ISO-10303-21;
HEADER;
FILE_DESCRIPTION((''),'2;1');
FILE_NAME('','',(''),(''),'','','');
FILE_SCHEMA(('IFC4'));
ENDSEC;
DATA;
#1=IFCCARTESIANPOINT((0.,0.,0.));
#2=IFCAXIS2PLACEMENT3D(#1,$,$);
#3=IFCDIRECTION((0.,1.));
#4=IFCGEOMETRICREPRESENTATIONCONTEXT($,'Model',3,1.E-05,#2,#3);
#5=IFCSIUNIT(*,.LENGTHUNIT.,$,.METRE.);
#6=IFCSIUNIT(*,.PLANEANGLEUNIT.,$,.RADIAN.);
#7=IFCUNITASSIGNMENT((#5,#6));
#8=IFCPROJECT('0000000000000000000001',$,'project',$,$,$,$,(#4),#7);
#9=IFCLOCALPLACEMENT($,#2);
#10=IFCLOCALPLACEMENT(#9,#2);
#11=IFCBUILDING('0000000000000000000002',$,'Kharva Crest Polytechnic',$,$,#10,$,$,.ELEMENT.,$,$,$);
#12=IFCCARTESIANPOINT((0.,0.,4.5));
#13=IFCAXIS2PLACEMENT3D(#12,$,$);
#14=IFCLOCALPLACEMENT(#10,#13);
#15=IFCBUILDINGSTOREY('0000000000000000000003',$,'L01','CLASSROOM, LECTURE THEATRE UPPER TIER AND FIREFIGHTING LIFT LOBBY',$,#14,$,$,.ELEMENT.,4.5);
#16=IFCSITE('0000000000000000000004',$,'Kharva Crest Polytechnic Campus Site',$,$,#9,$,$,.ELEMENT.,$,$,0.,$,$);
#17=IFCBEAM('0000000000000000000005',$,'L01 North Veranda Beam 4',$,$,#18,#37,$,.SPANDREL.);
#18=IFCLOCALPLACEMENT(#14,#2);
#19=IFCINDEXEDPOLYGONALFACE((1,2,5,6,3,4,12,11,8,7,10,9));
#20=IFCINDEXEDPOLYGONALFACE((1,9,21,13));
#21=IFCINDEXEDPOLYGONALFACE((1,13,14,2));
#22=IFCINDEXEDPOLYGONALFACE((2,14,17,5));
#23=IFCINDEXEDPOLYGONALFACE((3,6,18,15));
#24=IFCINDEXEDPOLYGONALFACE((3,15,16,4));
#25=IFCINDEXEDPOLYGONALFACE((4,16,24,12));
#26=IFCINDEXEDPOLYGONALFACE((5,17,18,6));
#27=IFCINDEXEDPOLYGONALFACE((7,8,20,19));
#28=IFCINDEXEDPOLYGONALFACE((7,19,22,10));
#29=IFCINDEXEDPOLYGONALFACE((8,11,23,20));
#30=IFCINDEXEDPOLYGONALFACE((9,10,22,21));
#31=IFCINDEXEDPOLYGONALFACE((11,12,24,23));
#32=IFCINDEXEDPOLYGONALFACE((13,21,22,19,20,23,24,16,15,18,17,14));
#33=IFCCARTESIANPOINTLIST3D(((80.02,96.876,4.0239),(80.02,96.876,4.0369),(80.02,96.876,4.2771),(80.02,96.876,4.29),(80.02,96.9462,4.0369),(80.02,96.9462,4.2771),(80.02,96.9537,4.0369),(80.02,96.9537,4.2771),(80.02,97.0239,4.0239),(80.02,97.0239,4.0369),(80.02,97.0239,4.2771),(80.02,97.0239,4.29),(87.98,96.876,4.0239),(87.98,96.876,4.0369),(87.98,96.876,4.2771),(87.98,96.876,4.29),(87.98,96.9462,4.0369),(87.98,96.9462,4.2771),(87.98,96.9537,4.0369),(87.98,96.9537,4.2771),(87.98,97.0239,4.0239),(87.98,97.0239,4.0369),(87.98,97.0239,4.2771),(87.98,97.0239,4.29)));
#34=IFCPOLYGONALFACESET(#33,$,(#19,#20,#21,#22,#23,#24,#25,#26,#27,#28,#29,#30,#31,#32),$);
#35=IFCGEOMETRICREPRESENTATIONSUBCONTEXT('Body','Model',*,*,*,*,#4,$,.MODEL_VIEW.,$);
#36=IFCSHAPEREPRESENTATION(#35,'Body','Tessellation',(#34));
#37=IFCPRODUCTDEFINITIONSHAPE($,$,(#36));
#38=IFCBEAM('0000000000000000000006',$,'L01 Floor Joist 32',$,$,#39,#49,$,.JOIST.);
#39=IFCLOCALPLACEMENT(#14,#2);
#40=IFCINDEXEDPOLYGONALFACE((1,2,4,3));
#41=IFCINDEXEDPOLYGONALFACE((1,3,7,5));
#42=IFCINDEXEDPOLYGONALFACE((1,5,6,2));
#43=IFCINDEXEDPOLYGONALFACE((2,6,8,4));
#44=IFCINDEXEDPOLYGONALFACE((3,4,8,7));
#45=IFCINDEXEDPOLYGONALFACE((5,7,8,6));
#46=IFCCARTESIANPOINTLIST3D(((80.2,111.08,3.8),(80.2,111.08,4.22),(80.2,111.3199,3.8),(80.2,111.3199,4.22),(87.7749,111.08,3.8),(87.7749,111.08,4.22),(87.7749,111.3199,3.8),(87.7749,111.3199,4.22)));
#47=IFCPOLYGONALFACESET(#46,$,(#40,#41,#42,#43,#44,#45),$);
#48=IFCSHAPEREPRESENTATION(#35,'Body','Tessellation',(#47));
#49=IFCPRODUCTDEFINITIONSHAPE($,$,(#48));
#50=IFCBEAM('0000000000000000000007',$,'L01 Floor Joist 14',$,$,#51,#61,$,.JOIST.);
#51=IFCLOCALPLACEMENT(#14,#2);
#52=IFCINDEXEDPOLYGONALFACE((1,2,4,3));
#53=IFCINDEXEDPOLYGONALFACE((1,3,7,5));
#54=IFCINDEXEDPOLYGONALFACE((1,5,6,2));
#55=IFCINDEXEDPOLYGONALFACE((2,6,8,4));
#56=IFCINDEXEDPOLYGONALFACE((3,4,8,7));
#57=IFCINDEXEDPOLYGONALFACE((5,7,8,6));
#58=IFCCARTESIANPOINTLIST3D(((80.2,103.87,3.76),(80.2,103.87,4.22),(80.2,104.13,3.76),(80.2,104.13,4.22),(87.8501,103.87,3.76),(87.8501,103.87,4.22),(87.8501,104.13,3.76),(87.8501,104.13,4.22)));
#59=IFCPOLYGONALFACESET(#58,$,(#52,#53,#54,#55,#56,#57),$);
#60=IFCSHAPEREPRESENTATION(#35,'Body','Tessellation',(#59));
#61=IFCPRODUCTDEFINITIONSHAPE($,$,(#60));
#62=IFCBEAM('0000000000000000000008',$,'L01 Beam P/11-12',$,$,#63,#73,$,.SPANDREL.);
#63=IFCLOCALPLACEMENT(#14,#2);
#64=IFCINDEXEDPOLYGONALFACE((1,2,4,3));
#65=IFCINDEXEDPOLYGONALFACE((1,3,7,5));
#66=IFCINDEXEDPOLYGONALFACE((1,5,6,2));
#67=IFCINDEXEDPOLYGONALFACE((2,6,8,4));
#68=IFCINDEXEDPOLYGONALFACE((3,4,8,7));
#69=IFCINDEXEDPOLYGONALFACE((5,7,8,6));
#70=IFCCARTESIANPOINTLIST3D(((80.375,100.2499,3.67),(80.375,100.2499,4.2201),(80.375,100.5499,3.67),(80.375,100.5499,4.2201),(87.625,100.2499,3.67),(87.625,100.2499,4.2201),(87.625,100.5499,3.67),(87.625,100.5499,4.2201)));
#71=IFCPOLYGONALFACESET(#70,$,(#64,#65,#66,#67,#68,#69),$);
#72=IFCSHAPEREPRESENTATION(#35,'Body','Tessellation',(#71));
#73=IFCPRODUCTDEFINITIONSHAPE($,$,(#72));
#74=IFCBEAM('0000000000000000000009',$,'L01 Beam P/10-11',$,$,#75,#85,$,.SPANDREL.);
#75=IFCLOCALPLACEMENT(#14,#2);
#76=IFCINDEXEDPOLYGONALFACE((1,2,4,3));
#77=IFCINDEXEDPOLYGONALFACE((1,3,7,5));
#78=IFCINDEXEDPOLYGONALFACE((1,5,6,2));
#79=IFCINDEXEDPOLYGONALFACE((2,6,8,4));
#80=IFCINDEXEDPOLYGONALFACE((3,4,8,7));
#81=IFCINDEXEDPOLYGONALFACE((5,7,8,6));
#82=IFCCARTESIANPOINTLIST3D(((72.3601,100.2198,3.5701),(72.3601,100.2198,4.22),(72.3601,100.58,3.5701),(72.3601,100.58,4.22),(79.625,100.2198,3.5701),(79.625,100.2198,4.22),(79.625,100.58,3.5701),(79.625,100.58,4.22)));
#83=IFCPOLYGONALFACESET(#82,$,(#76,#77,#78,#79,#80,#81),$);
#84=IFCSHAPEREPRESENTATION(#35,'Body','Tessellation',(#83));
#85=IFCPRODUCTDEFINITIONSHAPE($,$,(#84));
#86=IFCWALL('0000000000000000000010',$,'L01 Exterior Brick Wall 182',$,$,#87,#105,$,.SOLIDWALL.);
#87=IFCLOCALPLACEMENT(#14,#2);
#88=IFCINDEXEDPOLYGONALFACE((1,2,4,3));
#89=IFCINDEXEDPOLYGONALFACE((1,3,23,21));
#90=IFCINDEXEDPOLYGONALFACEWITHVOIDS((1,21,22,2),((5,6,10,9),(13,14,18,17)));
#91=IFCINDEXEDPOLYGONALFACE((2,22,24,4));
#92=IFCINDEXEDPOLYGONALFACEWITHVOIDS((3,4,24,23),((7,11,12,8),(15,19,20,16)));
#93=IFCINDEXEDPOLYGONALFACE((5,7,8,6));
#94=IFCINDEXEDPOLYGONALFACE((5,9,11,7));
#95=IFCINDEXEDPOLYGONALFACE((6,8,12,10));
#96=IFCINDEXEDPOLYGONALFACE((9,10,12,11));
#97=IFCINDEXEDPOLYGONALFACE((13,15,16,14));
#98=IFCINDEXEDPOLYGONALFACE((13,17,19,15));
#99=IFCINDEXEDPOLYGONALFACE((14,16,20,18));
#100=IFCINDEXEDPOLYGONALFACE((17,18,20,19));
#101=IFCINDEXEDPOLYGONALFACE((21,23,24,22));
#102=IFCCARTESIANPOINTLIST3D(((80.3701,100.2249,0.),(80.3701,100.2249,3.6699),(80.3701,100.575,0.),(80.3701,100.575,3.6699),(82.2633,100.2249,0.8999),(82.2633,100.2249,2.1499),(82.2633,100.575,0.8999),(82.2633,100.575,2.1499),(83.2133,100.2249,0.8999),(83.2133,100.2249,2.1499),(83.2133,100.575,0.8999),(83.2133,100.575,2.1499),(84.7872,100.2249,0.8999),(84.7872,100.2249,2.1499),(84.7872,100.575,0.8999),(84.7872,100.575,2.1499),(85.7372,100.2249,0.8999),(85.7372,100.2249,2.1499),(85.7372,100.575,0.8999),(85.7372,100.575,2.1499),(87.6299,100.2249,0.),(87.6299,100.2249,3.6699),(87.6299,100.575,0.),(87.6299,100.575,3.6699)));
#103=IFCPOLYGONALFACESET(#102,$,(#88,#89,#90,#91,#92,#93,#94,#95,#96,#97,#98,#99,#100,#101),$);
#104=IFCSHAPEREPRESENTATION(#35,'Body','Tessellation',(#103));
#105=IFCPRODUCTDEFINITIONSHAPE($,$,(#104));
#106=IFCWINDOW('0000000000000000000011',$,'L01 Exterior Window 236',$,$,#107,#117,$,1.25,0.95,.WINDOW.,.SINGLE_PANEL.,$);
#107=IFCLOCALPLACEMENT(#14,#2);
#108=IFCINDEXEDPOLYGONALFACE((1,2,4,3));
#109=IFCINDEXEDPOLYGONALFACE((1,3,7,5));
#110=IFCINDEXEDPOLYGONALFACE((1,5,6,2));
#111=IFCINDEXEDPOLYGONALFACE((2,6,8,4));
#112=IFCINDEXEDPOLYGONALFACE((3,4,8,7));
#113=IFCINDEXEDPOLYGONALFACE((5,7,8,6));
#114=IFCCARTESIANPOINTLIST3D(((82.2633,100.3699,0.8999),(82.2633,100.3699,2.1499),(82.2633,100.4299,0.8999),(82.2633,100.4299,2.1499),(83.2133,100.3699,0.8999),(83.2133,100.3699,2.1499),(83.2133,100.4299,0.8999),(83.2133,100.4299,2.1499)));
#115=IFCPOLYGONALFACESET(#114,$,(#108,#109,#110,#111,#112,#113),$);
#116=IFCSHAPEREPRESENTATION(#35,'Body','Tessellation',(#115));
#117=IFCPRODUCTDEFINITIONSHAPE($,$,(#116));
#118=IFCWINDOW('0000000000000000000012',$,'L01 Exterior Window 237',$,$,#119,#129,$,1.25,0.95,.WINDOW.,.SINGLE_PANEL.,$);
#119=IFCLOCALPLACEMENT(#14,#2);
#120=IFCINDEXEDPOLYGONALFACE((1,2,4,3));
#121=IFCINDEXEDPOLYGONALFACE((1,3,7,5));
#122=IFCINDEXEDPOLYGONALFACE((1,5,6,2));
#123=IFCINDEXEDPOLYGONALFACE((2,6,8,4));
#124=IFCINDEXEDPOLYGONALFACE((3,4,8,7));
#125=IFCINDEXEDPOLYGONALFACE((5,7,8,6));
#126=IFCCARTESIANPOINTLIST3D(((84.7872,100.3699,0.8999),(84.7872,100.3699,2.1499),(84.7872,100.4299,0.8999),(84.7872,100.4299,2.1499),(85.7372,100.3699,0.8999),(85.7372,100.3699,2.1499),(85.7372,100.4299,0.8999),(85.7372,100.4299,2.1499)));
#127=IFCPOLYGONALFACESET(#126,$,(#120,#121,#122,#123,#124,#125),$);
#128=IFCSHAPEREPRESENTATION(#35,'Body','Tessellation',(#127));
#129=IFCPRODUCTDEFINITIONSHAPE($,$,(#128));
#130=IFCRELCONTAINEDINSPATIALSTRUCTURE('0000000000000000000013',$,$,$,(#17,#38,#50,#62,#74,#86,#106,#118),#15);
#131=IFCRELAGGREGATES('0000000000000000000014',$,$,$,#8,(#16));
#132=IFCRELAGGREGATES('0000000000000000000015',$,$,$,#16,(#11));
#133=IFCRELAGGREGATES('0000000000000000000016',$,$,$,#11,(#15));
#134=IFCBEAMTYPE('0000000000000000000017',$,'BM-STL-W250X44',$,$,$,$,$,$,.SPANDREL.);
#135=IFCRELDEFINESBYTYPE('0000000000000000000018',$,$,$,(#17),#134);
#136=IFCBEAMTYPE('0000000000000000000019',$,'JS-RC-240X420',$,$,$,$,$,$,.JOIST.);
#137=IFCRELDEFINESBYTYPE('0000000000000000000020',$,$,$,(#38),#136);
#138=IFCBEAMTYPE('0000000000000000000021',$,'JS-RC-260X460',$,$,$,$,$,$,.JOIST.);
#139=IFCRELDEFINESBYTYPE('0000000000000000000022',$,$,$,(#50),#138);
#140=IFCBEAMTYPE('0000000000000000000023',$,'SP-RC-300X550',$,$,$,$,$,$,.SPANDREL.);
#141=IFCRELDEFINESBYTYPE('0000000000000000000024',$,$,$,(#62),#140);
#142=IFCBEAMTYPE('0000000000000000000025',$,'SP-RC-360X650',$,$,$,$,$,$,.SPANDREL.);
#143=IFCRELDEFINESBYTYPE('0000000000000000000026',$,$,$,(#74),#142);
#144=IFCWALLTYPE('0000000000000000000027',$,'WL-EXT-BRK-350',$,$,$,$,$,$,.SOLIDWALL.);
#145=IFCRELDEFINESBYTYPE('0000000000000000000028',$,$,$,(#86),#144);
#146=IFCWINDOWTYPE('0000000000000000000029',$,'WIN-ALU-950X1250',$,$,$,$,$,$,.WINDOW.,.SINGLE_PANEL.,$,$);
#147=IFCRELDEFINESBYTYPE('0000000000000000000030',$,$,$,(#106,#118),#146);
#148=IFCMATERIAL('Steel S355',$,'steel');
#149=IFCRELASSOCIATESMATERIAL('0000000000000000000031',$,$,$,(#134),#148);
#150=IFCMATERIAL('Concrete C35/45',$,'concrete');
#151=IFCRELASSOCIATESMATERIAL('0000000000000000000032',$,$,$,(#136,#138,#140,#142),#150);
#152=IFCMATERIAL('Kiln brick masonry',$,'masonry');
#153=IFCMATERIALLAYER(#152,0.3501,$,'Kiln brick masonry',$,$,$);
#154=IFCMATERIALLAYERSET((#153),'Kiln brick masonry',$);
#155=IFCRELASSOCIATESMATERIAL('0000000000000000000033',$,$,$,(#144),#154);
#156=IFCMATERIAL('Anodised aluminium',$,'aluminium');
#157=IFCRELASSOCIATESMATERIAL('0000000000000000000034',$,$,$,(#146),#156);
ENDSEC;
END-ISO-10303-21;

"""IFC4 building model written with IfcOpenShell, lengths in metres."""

from ifc_helpers import new_model, si_unit, direction, frame, frame_2d, origin, origin_2d, place, context, subcontext, project, spatial, rectangle, i_section, extrude, material, layer, layer_set, material_profile, profile_set, type_object, element, fill, save


model = new_model("IFC4")

# Units and contexts
model_context = context("Model", 3, precision=1e-05, world=origin(), true_north=direction((0.0, 1.0)))
body_context = subcontext(model_context, "Body", "Model", "MODEL_VIEW")
ifc_project = project(units=[si_unit("LENGTHUNIT", "METRE"), si_unit("PLANEANGLEUNIT", "RADIAN")], contexts=[model_context])

# Site, building, storey
site_placement = place(None, origin())
site = spatial("IfcSite", under=ifc_project, at=site_placement, Name="Kharva Crest Polytechnic Campus Site", CompositionType="ELEMENT", RefElevation=0.0)
building_placement = place(site_placement, origin())
building = spatial("IfcBuilding", under=site, at=building_placement, Name="Kharva Crest Polytechnic", CompositionType="ELEMENT")
storey_placement = place(building_placement, frame((0.0, 0.0, 4.5)))
storey = spatial("IfcBuildingStorey", under=building, at=storey_placement, Name="L01", Description="CLASSROOM, LECTURE THEATRE UPPER TIER AND FIREFIGHTING LIFT LOBBY", CompositionType="ELEMENT", Elevation=4.5)

# Shared definitions
ifc_material_1 = material(Name="Steel S355", Category="steel")

# Beams
ifc_material_2 = material(Name="Concrete C35/45", Category="concrete")
ifc_material_profile_1 = material_profile(ifc_material_1, i_section(OverallWidth=0.1479, OverallDepth=0.2661, WebThickness=0.0076, FlangeThickness=0.0129, at=origin_2d()), Name="W250X44.8")
ifc_profile_set_1 = profile_set([ifc_material_profile_1], Name="Steel S355")
beam_type_1 = type_object("IfcBeamType", Name="BM-STL-W250X44", PredefinedType="SPANDREL", material=ifc_profile_set_1)
beam_1_placement = place(storey_placement, frame((80.02, 96.95, 4.157), z_axis=(1.0, 0.0, 0.0), x_axis=(0.0, 1.0, 0.0)))
element("IfcBeam", 1, at=beam_1_placement, inside=storey, type_object=beam_type_1, Name="L01 North Veranda Beam 4", PredefinedType="SPANDREL", context=body_context, shape_type="SweptSolid", body=[
    extrude(i_section(OverallWidth=0.1479, OverallDepth=0.2661, WebThickness=0.0076, FlangeThickness=0.0129, at=origin_2d()), origin(), (0.0, 0.0, 1.0), 7.96),
])
ifc_material_profile_2 = material_profile(ifc_material_2, rectangle(XDim=0.24, YDim=0.4199, at=origin_2d()), Name="RECT 240 X 420")
ifc_profile_set_2 = profile_set([ifc_material_profile_2], Name="Concrete C35/45")
beam_type_2 = type_object("IfcBeamType", Name="JS-RC-240X420", PredefinedType="JOIST", material=ifc_profile_set_2)
beam_2_placement = place(storey_placement, frame((80.2, 111.2, 4.01), z_axis=(1.0, 0.0, 0.0), x_axis=(0.0, 1.0, 0.0)))
element("IfcBeam", 2, at=beam_2_placement, inside=storey, type_object=beam_type_2, Name="L01 Floor Joist 32", PredefinedType="JOIST", context=body_context, shape_type="SweptSolid", body=[
    extrude(rectangle(XDim=0.24, YDim=0.4199, at=origin_2d()), origin(), (0.0, 0.0, 1.0), 7.575),
])
ifc_material_profile_3 = material_profile(ifc_material_2, rectangle(XDim=0.26, YDim=0.46, at=origin_2d()), Name="RECT 260 X 460")
ifc_profile_set_3 = profile_set([ifc_material_profile_3], Name="Concrete C35/45")
beam_type_3 = type_object("IfcBeamType", Name="JS-RC-260X460", PredefinedType="JOIST", material=ifc_profile_set_3)
beam_3_placement = place(storey_placement, frame((80.2, 104.0, 3.99), z_axis=(1.0, 0.0, 0.0), x_axis=(0.0, 1.0, 0.0)))
element("IfcBeam", 3, at=beam_3_placement, inside=storey, type_object=beam_type_3, Name="L01 Floor Joist 14", PredefinedType="JOIST", context=body_context, shape_type="SweptSolid", body=[
    extrude(rectangle(XDim=0.26, YDim=0.46, at=origin_2d()), origin(), (0.0, 0.0, 1.0), 7.6501),
])
ifc_material_profile_4 = material_profile(ifc_material_2, rectangle(XDim=0.3, YDim=0.55, at=origin_2d()), Name="RECT 300 X 550")
ifc_profile_set_4 = profile_set([ifc_material_profile_4], Name="Concrete C35/45")
beam_type_4 = type_object("IfcBeamType", Name="SP-RC-300X550", PredefinedType="SPANDREL", material=ifc_profile_set_4)
beam_4_placement = place(storey_placement, frame((80.375, 100.3999, 3.9451), z_axis=(1.0, 0.0, 0.0), x_axis=(0.0, 1.0, 0.0)))
element("IfcBeam", 4, at=beam_4_placement, inside=storey, type_object=beam_type_4, Name="L01 Beam P/11-12", PredefinedType="SPANDREL", context=body_context, shape_type="SweptSolid", body=[
    extrude(rectangle(XDim=0.3, YDim=0.55, at=origin_2d()), origin(), (0.0, 0.0, 1.0), 7.25),
])
ifc_material_profile_5 = material_profile(ifc_material_2, rectangle(XDim=0.3601, YDim=0.6499, at=origin_2d()), Name="RECT 360 X 650")
ifc_profile_set_5 = profile_set([ifc_material_profile_5], Name="Concrete C35/45")
beam_type_5 = type_object("IfcBeamType", Name="SP-RC-360X650", PredefinedType="SPANDREL", material=ifc_profile_set_5)
beam_5_placement = place(storey_placement, frame((72.3601, 100.3999, 3.895), z_axis=(1.0, 0.0, 0.0), x_axis=(0.0, 1.0, 0.0)))
element("IfcBeam", 5, at=beam_5_placement, inside=storey, type_object=beam_type_5, Name="L01 Beam P/10-11", PredefinedType="SPANDREL", context=body_context, shape_type="SweptSolid", body=[
    extrude(rectangle(XDim=0.3601, YDim=0.6499, at=origin_2d()), origin(), (0.0, 0.0, 1.0), 7.2649),
])

# Wall, openings, windows
ifc_material_3 = material(Name="Kiln brick masonry", Category="masonry")
ifc_layer_1 = layer(ifc_material_3, 0.3501, Name="Kiln brick masonry")
ifc_layer_set_1 = layer_set([ifc_layer_1], Name="Kiln brick masonry")
wall_type_1 = type_object("IfcWallType", Name="WL-EXT-BRK-350", PredefinedType="SOLIDWALL", material=ifc_layer_set_1)
wall_1_placement = place(storey_placement, frame((80.3701, 100.3999, 0.0), z_axis=(0.0, 0.0, 1.0), x_axis=(1.0, 0.0, 0.0)))
wall_1 = element("IfcWall", 6, at=wall_1_placement, inside=storey, type_object=wall_type_1, Name="L01 Exterior Brick Wall 182", PredefinedType="SOLIDWALL", context=body_context, shape_type="SweptSolid", body=[
    extrude(rectangle(XDim=7.2598, YDim=0.3501, at=frame_2d((3.6299, 0.0))), origin(), (0.0, 0.0, 1.0), 3.6699),
])
opening_1_placement = place(wall_1_placement, frame((1.8931, 0.0, 0.8999)))
opening_1 = element("IfcOpeningElement", 7, at=opening_1_placement, cuts=wall_1, PredefinedType="OPENING", context=body_context, shape_type="SweptSolid", body=[
    extrude(rectangle(XDim=0.95, YDim=1.25, at=frame_2d((0.4751, 0.625))), frame((0.0, 0.1851, 0.0), z_axis=(0.0, -1.0, 0.0), x_axis=(1.0, 0.0, 0.0)), (0.0, 0.0, 1.0), 0.3701),
])
opening_2_placement = place(wall_1_placement, frame((4.417, 0.0, 0.8999)))
opening_2 = element("IfcOpeningElement", 8, at=opening_2_placement, cuts=wall_1, PredefinedType="OPENING", context=body_context, shape_type="SweptSolid", body=[
    extrude(rectangle(XDim=0.95, YDim=1.25, at=frame_2d((0.4751, 0.625))), frame((0.0, 0.1851, 0.0), z_axis=(0.0, -1.0, 0.0), x_axis=(1.0, 0.0, 0.0)), (0.0, 0.0, 1.0), 0.3701),
])
ifc_material_4 = material(Name="Anodised aluminium", Category="aluminium")
window_type_1 = type_object("IfcWindowType", Name="WIN-ALU-950X1250", PartitioningType="SINGLE_PANEL", PredefinedType="WINDOW", material=ifc_material_4)
window_1_placement = place(opening_1_placement, origin())
window_1 = element("IfcWindow", 9, at=window_1_placement, inside=storey, type_object=window_type_1, Name="L01 Exterior Window 236", OverallHeight=1.25, OverallWidth=0.95, PartitioningType="SINGLE_PANEL", PredefinedType="WINDOW", context=body_context, shape_type="SweptSolid", body=[
    extrude(rectangle(XDim=0.95, YDim=1.25, at=frame_2d((0.4751, 0.625))), frame((0.0, 0.03, 0.0), z_axis=(0.0, -1.0, 0.0), x_axis=(1.0, 0.0, 0.0)), (0.0, 0.0, 1.0), 0.0601),
])
fill(opening_1, window_1)
window_2_placement = place(opening_2_placement, origin())
window_2 = element("IfcWindow", 10, at=window_2_placement, inside=storey, type_object=window_type_1, Name="L01 Exterior Window 237", OverallHeight=1.25, OverallWidth=0.95, PartitioningType="SINGLE_PANEL", PredefinedType="WINDOW", context=body_context, shape_type="SweptSolid", body=[
    extrude(rectangle(XDim=0.95, YDim=1.25, at=frame_2d((0.4751, 0.625))), frame((0.0, 0.03, 0.0), z_axis=(0.0, -1.0, 0.0), x_axis=(1.0, 0.0, 0.0)), (0.0, 0.0, 1.0), 0.0601),
])
fill(opening_2, window_2)

save(model, "model.ifc")
